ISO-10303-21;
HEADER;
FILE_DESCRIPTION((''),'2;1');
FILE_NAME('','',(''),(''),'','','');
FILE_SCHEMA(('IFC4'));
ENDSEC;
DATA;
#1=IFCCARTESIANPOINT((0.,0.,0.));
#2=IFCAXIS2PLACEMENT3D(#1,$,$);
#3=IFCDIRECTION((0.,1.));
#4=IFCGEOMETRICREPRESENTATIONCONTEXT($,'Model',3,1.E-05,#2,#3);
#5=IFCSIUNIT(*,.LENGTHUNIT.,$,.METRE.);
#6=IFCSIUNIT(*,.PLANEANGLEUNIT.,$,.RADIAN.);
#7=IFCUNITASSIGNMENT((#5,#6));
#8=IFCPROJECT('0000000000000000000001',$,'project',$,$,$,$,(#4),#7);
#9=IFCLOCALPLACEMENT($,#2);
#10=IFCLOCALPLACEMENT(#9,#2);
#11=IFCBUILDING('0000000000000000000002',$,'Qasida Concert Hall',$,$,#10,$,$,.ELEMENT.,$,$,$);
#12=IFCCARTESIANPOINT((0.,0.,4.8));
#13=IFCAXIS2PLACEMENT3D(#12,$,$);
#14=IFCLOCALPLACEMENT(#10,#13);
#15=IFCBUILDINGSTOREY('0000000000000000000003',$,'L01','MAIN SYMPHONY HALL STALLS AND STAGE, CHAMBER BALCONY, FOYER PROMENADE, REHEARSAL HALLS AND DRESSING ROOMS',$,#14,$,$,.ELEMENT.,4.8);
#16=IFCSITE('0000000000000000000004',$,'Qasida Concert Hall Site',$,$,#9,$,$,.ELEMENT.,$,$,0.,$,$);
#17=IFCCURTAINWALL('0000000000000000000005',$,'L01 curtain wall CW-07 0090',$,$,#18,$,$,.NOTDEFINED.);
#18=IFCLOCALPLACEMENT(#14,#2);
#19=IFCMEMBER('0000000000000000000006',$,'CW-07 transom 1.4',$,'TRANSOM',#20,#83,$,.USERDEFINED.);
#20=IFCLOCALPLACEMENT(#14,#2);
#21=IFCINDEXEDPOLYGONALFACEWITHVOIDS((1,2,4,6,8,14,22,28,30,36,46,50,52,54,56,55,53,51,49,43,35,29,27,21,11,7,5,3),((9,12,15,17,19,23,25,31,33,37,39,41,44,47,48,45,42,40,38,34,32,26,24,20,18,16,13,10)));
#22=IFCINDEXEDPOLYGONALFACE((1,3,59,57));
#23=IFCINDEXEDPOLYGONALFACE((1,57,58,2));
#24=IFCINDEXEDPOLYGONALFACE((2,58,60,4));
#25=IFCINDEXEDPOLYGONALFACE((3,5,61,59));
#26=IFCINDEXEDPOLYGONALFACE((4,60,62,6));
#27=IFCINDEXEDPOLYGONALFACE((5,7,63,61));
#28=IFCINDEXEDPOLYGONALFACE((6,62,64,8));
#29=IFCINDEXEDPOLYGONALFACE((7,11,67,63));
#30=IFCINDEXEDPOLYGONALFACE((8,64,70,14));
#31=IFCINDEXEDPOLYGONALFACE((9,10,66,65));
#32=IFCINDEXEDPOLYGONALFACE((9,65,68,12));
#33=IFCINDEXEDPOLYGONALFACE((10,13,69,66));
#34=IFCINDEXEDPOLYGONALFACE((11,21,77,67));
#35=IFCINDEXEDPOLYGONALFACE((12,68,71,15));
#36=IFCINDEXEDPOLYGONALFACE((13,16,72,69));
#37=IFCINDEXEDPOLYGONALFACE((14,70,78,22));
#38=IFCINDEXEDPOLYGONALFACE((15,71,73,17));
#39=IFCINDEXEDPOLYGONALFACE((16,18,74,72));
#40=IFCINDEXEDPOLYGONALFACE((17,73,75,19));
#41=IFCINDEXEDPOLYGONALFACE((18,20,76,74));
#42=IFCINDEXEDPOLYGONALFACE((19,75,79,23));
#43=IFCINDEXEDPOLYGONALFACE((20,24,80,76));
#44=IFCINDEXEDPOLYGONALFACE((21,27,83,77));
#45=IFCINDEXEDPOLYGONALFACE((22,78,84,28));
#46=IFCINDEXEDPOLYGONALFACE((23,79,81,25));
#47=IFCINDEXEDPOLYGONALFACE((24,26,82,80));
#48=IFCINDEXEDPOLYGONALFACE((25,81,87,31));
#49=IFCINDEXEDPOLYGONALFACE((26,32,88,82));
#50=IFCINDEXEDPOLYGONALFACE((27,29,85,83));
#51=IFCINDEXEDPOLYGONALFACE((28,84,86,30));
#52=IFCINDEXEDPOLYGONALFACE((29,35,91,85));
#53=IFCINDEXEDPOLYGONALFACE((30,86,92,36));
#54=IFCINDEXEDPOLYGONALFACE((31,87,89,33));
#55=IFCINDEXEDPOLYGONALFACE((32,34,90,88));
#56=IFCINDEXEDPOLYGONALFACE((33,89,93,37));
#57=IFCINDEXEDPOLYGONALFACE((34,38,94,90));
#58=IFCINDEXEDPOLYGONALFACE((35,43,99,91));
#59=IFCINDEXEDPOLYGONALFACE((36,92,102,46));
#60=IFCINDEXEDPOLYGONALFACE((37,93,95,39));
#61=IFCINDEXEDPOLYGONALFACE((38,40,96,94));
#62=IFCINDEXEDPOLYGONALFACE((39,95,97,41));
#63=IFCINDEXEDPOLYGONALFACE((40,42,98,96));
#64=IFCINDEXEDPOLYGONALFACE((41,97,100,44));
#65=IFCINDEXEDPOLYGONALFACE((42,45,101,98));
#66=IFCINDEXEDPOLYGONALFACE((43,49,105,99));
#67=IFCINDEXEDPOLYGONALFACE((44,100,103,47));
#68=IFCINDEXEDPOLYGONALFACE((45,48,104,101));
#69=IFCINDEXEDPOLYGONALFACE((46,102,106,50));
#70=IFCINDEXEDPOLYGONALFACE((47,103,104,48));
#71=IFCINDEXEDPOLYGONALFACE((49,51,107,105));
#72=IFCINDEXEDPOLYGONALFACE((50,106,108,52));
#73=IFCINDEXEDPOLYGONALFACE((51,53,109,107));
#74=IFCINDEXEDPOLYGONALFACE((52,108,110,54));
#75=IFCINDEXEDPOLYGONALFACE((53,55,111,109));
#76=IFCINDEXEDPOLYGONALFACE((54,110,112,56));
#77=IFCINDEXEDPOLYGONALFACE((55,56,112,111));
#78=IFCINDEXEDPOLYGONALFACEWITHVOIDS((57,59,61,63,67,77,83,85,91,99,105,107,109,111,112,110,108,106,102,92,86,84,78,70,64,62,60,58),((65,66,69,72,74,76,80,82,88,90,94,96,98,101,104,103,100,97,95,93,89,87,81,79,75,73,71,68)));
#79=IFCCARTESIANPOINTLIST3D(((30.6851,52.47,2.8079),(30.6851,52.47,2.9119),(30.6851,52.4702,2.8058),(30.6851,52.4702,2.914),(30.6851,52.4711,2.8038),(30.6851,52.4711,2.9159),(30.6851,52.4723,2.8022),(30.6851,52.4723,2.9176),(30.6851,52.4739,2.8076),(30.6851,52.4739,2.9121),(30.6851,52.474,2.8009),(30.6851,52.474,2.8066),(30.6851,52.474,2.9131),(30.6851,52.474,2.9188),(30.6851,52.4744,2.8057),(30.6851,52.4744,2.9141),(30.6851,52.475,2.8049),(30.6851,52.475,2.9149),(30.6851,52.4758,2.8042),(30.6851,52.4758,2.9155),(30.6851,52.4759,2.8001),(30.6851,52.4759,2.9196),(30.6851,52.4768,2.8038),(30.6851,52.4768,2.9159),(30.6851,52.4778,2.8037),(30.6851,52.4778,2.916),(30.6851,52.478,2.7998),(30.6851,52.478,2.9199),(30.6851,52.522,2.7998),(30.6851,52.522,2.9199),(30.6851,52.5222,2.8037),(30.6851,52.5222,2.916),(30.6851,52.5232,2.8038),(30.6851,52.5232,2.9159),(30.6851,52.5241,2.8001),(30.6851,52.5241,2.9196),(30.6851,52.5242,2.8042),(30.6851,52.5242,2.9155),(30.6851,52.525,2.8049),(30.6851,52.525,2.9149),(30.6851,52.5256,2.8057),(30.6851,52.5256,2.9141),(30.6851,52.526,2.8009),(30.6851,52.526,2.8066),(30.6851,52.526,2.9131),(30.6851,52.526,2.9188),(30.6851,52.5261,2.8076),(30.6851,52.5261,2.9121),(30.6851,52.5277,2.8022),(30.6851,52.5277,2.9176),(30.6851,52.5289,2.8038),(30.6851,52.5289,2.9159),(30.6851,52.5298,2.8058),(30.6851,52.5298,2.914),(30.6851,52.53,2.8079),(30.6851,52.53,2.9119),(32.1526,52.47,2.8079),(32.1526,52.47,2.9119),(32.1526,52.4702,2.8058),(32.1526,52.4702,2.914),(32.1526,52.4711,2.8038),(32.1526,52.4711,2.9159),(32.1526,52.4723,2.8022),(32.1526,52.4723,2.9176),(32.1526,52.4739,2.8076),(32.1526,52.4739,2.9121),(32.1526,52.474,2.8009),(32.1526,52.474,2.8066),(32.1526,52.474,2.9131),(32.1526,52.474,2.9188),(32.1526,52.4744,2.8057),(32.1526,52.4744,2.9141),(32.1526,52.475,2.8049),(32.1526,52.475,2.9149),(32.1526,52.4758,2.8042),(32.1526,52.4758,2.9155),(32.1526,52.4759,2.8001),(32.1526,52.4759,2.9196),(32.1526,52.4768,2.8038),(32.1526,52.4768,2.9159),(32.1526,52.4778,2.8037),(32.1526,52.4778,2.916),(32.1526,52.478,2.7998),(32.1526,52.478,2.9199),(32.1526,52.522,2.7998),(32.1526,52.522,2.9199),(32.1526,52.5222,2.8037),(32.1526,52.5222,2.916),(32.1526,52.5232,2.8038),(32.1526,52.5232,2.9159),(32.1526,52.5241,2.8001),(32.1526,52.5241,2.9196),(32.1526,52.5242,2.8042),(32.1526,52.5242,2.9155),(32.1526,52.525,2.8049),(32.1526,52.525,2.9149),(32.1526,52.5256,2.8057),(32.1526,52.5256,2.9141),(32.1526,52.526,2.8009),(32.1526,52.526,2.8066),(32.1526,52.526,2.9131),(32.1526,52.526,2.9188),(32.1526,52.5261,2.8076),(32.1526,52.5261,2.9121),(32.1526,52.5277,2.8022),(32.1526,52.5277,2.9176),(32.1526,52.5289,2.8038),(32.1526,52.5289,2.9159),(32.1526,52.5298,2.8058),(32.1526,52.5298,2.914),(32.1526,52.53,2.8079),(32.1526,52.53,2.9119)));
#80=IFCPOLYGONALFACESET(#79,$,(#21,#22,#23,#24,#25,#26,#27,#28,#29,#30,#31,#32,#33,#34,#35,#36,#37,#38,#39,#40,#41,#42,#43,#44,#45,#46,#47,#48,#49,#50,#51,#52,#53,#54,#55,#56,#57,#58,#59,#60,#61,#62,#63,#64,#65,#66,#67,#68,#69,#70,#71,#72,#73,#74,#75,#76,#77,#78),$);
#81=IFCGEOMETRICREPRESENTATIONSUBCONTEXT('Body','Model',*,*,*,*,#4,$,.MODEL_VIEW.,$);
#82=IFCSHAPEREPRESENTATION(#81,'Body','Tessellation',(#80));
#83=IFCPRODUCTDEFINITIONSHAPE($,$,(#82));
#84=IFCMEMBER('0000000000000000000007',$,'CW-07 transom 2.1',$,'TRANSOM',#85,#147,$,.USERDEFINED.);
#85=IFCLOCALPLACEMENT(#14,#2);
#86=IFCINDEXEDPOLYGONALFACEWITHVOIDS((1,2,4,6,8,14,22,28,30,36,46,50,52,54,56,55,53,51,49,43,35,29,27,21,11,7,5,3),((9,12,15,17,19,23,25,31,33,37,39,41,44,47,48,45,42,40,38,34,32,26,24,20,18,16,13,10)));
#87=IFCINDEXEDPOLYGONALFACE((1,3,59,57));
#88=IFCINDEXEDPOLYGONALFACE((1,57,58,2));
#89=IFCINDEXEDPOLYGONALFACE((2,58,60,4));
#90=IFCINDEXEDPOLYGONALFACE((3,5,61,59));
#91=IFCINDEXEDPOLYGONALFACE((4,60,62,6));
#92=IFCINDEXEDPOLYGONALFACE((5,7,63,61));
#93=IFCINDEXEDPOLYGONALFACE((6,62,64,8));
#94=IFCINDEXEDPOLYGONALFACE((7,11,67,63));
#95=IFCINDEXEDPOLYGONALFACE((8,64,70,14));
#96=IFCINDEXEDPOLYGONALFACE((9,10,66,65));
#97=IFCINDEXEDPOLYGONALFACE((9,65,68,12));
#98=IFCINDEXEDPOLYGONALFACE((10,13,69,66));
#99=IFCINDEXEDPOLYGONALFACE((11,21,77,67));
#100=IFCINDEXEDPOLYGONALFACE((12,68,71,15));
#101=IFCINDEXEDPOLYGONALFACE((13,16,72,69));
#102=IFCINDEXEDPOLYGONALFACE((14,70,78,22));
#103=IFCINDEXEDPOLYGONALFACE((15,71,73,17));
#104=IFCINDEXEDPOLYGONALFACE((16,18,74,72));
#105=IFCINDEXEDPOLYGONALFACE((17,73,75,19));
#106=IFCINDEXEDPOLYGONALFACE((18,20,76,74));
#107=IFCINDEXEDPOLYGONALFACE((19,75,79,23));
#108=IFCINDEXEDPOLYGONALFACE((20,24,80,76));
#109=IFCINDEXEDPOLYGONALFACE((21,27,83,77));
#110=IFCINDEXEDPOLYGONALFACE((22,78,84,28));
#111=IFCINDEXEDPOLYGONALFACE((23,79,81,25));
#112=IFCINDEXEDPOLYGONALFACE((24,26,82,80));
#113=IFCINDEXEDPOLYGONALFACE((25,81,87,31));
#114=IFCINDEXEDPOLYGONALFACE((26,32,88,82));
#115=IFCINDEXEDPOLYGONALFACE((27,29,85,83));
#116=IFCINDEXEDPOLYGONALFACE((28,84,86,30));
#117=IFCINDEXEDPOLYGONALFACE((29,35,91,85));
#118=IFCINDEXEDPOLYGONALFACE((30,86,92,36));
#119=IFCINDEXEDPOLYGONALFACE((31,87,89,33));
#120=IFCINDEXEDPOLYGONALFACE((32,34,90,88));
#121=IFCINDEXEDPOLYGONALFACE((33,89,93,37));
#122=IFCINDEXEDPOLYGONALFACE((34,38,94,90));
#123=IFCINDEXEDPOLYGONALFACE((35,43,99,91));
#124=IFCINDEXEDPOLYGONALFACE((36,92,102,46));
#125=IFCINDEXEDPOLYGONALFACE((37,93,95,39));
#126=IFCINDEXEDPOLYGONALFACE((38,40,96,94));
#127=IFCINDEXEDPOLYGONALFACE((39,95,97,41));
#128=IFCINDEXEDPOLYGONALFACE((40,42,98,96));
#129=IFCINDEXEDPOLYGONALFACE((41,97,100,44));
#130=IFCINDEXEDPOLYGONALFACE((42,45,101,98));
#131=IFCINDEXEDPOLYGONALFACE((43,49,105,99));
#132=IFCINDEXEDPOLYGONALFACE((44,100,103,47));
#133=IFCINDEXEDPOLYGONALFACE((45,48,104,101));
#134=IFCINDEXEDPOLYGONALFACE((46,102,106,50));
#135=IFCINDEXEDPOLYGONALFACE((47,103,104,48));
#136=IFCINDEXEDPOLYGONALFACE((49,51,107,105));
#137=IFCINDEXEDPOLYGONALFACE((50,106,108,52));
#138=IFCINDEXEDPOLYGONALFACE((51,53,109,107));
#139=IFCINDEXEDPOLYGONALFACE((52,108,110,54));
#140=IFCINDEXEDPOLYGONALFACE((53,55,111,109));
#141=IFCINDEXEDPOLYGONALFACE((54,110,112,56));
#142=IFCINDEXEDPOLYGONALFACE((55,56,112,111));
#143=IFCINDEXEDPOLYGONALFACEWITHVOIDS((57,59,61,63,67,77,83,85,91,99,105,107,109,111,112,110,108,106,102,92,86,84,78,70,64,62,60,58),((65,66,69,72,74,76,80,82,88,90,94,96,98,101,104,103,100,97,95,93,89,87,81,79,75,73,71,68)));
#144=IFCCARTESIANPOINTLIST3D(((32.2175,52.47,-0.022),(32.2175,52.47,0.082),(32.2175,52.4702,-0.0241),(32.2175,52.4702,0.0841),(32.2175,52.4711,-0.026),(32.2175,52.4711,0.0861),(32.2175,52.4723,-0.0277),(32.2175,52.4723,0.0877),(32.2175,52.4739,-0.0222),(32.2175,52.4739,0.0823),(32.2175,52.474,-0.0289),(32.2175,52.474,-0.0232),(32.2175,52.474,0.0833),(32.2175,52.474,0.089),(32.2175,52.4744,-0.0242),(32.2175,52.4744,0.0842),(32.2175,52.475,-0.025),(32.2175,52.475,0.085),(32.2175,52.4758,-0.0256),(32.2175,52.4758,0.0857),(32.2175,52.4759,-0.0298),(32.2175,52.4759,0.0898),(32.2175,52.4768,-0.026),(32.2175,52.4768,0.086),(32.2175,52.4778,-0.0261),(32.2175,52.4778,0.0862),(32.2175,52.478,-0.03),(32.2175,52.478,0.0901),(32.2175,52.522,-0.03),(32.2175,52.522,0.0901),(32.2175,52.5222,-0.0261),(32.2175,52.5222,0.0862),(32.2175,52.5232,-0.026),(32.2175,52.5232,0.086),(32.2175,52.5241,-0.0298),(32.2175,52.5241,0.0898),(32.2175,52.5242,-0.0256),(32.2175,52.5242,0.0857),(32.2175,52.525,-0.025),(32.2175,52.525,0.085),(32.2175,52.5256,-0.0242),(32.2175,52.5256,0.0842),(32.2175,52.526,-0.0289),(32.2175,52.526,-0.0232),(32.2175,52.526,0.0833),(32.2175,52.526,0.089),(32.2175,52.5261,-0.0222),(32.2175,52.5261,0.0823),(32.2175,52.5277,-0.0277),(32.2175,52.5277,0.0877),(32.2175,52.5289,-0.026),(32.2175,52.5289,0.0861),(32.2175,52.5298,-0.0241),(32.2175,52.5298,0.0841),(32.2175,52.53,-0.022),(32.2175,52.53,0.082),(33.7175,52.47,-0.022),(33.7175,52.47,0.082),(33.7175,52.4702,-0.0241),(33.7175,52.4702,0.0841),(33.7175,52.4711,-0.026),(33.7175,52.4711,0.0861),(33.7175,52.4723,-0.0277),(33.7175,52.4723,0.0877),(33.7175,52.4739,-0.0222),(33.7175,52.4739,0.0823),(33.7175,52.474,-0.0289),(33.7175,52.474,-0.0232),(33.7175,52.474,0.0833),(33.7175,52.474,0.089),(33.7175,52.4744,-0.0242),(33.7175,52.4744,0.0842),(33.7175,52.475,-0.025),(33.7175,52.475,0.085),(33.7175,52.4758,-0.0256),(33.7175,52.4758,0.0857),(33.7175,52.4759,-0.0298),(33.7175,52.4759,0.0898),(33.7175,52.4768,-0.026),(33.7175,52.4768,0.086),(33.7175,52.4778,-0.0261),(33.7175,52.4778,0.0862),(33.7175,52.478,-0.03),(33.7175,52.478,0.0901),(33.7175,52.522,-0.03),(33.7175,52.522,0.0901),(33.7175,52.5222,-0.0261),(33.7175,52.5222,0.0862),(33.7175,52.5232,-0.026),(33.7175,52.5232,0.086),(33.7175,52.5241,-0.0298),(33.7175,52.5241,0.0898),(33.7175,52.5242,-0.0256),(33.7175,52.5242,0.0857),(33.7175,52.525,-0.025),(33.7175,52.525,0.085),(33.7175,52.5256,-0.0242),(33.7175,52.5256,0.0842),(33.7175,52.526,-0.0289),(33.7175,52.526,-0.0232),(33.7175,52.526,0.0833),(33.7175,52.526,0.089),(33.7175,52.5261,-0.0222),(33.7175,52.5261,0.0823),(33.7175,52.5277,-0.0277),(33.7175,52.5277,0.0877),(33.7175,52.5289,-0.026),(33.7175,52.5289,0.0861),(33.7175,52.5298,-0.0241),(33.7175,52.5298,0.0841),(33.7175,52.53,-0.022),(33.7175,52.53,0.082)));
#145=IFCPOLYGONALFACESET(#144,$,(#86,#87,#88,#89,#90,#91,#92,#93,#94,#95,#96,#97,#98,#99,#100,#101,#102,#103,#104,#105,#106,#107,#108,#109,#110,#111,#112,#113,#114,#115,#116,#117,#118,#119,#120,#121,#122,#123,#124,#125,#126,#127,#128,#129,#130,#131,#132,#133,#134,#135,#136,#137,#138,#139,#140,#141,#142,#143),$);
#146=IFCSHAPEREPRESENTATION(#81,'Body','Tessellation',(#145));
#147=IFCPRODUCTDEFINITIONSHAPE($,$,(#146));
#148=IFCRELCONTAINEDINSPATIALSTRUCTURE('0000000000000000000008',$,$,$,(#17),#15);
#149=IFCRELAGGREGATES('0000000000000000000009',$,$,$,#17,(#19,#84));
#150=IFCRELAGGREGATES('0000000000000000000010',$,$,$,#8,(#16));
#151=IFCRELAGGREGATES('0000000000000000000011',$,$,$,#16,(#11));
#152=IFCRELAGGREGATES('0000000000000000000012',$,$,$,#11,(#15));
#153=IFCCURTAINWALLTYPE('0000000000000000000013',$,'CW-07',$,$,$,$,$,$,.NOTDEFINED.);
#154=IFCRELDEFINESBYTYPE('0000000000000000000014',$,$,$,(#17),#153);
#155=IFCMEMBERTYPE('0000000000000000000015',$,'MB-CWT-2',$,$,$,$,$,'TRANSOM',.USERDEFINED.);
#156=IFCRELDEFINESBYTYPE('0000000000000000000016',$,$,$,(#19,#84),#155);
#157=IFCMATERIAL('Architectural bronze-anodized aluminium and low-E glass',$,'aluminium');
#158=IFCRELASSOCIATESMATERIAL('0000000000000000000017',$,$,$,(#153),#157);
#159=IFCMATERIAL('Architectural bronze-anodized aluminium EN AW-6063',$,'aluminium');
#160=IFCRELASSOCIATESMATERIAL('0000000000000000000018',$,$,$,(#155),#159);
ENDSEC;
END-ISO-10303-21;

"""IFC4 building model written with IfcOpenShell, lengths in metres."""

from ifc_helpers import new_model, si_unit, direction, frame, origin, origin_2d, place, context, subcontext, project, spatial, hollow_rectangle, extrude, material, material_profile, profile_set, type_object, element, aggregate, save


model = new_model("IFC4")

# Units and contexts
model_context = context("Model", 3, precision=1e-05, world=origin(), true_north=direction((0.0, 1.0)))
body_context = subcontext(model_context, "Body", "Model", "MODEL_VIEW")
ifc_project = project(units=[si_unit("LENGTHUNIT", "METRE"), si_unit("PLANEANGLEUNIT", "RADIAN")], contexts=[model_context])

# Site, building, storey
site_placement = place(None, origin())
site = spatial("IfcSite", under=ifc_project, at=site_placement, Name="Qasida Concert Hall Site", CompositionType="ELEMENT", RefElevation=0.0)
building_placement = place(site_placement, origin())
building = spatial("IfcBuilding", under=site, at=building_placement, Name="Qasida Concert Hall", CompositionType="ELEMENT")
storey_placement = place(building_placement, frame((0.0, 0.0, 4.8)))
storey = spatial("IfcBuildingStorey", under=building, at=storey_placement, Name="L01", Description="MAIN SYMPHONY HALL STALLS AND STAGE, CHAMBER BALCONY, FOYER PROMENADE, REHEARSAL HALLS AND DRESSING ROOMS", CompositionType="ELEMENT", Elevation=4.8)

# Curtain wall
ifc_material_1 = material(Name="Architectural bronze-anodized aluminium and low-E glass", Category="aluminium")
curtain_wall_type = type_object("IfcCurtainWallType", Name="CW-07", PredefinedType="NOTDEFINED", material=ifc_material_1)
curtain_wall_1_placement = place(storey_placement, origin())
curtain_wall_1 = element("IfcCurtainWall", 1, at=curtain_wall_1_placement, inside=storey, type_object=curtain_wall_type, Name="L01 curtain wall CW-07 0090", PredefinedType="NOTDEFINED")
ifc_material_2 = material(Name="Architectural bronze-anodized aluminium EN AW-6063", Category="aluminium")

# Members
ifc_material_profile_1 = material_profile(ifc_material_2, hollow_rectangle(XDim=0.0601, YDim=0.1201, WallThickness=0.0039, InnerFilletRadius=0.0039, OuterFilletRadius=0.0081, at=origin_2d()), Name="CWT 120x60x4")
ifc_profile_set_1 = profile_set([ifc_material_profile_1], Name="Architectural bronze-anodized aluminium EN AW-6063")
member_type_1 = type_object("IfcMemberType", Name="MB-CWT-2", ElementType="TRANSOM", PredefinedType="USERDEFINED", material=ifc_profile_set_1)
member_1_placement = place(storey_placement, frame((30.6851, 52.5, 2.8599), z_axis=(1.0, 0.0, 0.0), x_axis=(0.0, 1.0, 0.0)))
member_1 = element("IfcMember", 2, at=member_1_placement, type_object=member_type_1, Name="CW-07 transom 1.4", ObjectType="TRANSOM", PredefinedType="USERDEFINED", context=body_context, shape_type="SweptSolid", body=[
    extrude(hollow_rectangle(XDim=0.0601, YDim=0.1201, WallThickness=0.0039, InnerFilletRadius=0.0039, OuterFilletRadius=0.0081, at=origin_2d()), origin(), (0.0, 0.0, 1.0), 1.4675),
])
member_2_placement = place(storey_placement, frame((32.2175, 52.5, 0.03), z_axis=(1.0, 0.0, 0.0), x_axis=(0.0, 1.0, 0.0)))
member_2 = element("IfcMember", 3, at=member_2_placement, type_object=member_type_1, Name="CW-07 transom 2.1", ObjectType="TRANSOM", PredefinedType="USERDEFINED", context=body_context, shape_type="SweptSolid", body=[
    extrude(hollow_rectangle(XDim=0.0601, YDim=0.1201, WallThickness=0.0039, InnerFilletRadius=0.0039, OuterFilletRadius=0.0081, at=origin_2d()), origin(), (0.0, 0.0, 1.0), 1.5),
])

aggregate(curtain_wall_1, [member_1, member_2])

save(model, "model.ifc")
